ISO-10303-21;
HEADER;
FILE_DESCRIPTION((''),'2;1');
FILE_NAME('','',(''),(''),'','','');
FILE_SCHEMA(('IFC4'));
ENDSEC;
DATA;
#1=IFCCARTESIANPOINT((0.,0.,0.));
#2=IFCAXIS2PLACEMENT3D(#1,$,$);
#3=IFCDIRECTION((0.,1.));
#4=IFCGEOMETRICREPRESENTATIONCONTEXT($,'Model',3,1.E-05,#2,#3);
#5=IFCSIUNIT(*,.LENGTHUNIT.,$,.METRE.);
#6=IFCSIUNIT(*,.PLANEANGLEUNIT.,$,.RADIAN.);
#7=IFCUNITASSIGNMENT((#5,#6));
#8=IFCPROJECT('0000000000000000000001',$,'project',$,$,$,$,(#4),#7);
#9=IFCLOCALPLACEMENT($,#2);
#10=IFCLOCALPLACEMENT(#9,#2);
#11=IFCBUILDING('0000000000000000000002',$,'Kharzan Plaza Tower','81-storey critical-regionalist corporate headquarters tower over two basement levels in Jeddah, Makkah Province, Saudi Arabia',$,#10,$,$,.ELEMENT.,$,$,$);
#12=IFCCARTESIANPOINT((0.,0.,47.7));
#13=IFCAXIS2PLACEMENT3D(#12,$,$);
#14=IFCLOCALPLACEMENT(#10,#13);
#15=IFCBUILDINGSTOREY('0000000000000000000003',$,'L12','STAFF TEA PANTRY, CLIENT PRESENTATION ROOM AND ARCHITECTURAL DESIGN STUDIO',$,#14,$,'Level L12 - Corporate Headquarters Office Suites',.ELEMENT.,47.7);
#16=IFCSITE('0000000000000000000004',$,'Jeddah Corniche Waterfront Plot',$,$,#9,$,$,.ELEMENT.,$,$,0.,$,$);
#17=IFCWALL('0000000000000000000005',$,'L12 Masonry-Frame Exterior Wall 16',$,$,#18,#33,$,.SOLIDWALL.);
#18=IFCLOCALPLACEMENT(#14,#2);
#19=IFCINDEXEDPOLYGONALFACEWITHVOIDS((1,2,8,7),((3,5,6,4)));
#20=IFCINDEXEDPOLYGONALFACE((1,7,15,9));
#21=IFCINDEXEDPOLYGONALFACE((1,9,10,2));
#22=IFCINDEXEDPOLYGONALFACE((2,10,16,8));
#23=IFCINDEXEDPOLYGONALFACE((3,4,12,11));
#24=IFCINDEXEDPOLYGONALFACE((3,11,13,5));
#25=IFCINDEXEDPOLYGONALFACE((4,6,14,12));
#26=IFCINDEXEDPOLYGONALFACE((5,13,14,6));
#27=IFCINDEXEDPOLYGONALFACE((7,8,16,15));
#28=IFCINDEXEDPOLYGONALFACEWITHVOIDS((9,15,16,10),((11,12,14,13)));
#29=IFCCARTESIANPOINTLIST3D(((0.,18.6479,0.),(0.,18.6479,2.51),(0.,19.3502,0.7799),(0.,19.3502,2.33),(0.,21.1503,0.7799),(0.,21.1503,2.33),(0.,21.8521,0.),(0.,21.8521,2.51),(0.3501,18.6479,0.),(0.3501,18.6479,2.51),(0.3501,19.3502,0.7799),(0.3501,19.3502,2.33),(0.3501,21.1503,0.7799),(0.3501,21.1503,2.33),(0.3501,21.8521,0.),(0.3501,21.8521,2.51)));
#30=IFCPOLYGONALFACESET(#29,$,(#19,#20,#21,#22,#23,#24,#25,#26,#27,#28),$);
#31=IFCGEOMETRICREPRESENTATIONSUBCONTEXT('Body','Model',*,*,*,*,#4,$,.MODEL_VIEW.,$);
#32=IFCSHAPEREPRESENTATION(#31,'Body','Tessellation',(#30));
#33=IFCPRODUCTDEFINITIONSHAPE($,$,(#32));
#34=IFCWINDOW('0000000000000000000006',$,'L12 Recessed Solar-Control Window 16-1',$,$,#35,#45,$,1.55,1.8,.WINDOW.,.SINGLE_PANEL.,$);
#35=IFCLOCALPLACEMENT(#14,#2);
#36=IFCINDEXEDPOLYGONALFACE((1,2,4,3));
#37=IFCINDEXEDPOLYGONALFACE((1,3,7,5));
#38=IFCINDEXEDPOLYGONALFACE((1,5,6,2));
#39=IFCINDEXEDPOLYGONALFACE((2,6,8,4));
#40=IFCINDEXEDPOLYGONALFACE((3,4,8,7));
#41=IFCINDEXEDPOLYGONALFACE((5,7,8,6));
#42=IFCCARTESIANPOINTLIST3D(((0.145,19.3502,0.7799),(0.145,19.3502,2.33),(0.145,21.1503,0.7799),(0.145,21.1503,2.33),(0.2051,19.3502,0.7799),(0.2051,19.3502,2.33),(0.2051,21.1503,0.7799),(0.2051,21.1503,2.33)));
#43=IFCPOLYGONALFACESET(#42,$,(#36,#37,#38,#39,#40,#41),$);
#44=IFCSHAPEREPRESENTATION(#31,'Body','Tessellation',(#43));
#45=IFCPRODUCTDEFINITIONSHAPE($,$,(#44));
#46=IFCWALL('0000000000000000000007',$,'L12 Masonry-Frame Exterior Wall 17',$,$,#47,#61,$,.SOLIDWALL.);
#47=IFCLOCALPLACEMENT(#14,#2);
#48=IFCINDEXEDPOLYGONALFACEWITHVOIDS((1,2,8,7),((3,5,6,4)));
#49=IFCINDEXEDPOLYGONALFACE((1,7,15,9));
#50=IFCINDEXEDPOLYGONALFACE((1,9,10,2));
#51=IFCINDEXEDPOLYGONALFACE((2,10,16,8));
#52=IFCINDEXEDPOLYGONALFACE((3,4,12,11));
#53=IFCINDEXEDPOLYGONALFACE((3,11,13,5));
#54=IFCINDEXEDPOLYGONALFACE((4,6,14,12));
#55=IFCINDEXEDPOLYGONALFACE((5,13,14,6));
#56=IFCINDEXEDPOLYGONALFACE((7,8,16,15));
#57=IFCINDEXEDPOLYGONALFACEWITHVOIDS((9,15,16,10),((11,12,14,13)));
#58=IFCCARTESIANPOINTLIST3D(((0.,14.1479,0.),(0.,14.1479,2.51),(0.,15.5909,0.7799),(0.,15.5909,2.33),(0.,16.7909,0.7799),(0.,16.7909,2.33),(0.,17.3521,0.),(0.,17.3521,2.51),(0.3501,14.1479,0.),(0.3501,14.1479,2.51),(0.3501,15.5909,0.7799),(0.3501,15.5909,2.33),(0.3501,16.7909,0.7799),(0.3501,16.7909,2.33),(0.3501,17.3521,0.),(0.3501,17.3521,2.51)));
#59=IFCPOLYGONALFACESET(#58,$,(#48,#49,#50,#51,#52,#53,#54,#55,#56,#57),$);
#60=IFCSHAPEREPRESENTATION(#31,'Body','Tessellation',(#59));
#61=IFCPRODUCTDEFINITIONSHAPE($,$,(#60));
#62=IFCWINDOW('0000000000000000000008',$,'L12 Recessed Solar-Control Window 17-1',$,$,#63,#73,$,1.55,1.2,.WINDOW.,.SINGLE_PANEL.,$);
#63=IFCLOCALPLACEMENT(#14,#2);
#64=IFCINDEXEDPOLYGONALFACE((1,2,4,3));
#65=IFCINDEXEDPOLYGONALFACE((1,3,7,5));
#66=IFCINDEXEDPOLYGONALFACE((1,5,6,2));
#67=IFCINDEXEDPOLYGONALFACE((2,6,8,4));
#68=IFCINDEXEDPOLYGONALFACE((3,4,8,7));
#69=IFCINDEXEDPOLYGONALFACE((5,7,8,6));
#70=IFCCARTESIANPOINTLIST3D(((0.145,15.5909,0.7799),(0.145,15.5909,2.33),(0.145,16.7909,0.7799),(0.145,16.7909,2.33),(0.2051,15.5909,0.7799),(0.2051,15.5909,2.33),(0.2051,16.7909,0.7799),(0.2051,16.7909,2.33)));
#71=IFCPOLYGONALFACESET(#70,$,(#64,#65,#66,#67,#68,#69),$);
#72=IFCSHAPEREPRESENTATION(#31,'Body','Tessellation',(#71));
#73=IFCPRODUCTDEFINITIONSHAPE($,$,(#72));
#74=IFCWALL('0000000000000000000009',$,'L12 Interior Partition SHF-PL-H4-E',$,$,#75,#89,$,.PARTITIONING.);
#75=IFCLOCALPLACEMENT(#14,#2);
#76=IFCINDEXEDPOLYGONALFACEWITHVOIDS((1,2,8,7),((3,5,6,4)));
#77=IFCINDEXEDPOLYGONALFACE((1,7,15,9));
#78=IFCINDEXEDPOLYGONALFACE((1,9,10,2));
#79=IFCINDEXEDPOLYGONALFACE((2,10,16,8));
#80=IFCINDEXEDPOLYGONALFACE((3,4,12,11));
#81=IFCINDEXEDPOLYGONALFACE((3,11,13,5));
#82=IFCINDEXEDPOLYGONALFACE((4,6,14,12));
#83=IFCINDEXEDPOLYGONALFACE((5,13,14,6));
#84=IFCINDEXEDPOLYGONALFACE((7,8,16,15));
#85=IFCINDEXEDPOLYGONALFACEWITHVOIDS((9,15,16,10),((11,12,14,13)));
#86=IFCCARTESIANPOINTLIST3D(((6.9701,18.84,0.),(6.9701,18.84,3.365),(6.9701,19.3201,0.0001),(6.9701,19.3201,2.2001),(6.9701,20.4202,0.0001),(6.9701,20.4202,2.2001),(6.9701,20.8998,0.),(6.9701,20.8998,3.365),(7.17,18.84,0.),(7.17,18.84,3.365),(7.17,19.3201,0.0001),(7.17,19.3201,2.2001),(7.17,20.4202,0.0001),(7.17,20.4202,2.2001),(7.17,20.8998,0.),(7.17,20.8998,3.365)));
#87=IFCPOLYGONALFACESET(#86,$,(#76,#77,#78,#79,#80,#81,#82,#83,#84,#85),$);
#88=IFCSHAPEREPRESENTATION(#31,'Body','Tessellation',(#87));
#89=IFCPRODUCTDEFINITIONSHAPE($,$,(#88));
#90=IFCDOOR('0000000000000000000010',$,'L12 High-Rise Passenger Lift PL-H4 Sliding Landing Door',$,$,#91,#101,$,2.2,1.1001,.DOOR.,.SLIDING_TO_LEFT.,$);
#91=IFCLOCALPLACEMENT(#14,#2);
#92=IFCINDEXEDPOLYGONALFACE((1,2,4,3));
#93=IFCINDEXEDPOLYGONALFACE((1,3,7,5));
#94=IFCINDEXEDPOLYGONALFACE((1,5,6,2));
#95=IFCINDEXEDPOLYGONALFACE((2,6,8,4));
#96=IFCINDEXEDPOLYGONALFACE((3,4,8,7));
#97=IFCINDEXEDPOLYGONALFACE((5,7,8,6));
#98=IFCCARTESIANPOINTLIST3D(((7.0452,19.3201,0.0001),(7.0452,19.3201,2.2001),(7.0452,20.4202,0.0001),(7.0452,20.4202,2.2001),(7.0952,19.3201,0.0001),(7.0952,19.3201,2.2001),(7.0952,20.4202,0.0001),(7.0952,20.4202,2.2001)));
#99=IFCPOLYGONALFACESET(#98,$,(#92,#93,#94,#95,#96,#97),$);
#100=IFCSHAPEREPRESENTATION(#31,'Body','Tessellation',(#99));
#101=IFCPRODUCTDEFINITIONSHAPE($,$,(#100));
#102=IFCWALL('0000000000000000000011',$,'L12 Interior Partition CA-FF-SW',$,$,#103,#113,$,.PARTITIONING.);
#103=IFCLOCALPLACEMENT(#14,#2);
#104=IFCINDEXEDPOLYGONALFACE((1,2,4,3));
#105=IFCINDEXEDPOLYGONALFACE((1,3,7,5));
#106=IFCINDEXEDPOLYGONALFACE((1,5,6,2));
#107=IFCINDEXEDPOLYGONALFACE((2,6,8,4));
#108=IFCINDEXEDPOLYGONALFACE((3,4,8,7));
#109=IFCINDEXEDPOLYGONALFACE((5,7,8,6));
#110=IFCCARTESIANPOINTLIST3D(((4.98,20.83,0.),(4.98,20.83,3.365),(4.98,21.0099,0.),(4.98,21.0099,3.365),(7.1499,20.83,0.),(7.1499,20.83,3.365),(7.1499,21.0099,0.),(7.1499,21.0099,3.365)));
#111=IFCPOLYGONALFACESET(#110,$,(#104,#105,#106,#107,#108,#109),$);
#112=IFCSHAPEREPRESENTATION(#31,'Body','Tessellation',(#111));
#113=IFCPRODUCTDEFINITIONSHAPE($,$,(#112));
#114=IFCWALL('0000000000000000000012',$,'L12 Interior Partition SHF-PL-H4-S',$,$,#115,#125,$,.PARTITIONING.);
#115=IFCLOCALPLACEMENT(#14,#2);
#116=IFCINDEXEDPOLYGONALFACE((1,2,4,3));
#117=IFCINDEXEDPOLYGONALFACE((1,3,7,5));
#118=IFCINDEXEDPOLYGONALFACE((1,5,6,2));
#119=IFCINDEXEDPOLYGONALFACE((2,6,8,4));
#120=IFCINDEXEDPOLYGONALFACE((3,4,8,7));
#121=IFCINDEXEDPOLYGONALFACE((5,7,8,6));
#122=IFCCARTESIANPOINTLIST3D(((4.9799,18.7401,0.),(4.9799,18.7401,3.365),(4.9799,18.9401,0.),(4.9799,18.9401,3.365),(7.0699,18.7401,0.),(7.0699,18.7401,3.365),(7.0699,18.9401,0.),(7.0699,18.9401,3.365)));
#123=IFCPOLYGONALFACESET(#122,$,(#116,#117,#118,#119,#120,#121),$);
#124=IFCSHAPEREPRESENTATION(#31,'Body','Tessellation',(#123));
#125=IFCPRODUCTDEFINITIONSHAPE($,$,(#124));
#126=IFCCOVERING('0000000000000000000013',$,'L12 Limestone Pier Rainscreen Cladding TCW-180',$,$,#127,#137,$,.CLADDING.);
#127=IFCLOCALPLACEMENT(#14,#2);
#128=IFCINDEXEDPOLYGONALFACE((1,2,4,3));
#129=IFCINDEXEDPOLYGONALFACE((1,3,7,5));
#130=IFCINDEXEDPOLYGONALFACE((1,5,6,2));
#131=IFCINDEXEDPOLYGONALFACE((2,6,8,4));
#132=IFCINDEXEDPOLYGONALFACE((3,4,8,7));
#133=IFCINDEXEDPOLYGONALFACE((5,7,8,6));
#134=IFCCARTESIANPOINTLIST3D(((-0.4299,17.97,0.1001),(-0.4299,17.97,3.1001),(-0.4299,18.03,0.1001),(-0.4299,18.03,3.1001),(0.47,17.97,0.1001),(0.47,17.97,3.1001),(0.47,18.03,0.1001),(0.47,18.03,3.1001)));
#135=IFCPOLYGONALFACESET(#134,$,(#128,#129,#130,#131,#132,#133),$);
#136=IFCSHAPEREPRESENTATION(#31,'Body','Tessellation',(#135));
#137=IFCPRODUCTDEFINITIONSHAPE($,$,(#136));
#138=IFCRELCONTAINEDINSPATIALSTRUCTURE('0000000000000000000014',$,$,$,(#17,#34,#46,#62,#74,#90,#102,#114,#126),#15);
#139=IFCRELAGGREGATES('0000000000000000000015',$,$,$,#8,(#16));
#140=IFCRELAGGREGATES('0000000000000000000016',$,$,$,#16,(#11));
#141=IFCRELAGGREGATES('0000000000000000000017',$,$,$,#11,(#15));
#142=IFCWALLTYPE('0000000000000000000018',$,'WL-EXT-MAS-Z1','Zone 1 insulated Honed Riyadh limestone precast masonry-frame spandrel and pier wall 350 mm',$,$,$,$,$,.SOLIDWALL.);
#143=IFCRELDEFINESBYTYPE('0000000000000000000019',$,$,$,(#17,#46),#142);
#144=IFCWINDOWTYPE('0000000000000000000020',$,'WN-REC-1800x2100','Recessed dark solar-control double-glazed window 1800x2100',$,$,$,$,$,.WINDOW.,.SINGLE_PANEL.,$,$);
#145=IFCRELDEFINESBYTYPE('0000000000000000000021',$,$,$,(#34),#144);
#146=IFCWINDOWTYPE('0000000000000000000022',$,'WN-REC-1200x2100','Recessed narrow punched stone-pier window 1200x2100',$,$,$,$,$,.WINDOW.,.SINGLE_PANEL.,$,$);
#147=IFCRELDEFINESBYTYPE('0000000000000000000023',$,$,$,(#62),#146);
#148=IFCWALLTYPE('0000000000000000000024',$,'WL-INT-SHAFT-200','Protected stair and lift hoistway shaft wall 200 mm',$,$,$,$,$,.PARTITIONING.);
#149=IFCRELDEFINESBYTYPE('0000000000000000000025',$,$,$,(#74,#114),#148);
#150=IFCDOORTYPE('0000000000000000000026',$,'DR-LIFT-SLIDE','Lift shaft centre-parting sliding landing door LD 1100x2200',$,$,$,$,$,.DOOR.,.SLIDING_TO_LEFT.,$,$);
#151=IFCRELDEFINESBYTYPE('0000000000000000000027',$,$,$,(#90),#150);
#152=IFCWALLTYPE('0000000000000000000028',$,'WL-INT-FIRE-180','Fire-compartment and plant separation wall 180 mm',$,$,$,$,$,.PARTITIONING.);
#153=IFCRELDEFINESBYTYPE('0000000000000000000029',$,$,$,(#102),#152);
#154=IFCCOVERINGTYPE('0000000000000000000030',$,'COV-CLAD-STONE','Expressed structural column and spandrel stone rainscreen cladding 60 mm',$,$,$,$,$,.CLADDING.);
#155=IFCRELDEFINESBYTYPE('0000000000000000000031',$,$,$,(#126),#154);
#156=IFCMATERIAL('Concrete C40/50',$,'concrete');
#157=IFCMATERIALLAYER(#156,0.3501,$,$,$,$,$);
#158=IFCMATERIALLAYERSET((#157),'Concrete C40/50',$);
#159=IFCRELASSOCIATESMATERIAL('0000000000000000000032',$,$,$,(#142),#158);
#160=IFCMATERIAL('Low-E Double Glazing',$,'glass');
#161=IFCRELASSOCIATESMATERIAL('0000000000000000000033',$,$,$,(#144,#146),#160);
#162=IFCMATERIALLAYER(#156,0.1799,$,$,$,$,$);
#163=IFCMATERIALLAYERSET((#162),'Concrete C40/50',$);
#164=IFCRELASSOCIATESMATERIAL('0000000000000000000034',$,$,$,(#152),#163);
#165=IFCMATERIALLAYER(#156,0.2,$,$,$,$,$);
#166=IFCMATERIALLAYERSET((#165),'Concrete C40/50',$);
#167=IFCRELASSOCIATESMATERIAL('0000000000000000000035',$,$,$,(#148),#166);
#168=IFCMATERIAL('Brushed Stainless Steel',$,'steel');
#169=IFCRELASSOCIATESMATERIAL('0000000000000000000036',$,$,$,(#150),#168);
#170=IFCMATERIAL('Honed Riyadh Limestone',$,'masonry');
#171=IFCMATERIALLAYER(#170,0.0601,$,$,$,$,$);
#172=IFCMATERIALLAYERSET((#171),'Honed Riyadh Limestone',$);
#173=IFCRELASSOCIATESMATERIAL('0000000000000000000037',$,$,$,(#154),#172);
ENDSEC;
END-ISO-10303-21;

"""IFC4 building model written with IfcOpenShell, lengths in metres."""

from ifc_helpers import new_model, si_unit, direction, frame, frame_2d, origin, origin_2d, place, context, subcontext, project, spatial, rectangle, extrude, source, transform, mapped, material, layer, layer_set, type_object, element, fill, save


model = new_model("IFC4")

# Units and contexts
model_context = context("Model", 3, precision=1e-05, world=origin(), true_north=direction((0.0, 1.0)))
body_context = subcontext(model_context, "Body", "Model", "MODEL_VIEW")
ifc_project = project(units=[si_unit("LENGTHUNIT", "METRE"), si_unit("PLANEANGLEUNIT", "RADIAN")], contexts=[model_context])

# Site, building, storey
site_placement = place(None, origin())
site = spatial("IfcSite", under=ifc_project, at=site_placement, Name="Jeddah Corniche Waterfront Plot", CompositionType="ELEMENT", RefElevation=0.0)
building_placement = place(site_placement, origin())
building = spatial("IfcBuilding", under=site, at=building_placement, Name="Kharzan Plaza Tower", Description="81-storey critical-regionalist corporate headquarters tower over two basement levels in Jeddah, Makkah Province, Saudi Arabia", CompositionType="ELEMENT")
storey_placement = place(building_placement, frame((0.0, 0.0, 47.7)))
storey = spatial("IfcBuildingStorey", under=building, at=storey_placement, Name="L12", Description="STAFF TEA PANTRY, CLIENT PRESENTATION ROOM AND ARCHITECTURAL DESIGN STUDIO", LongName="Level L12 - Corporate Headquarters Office Suites", CompositionType="ELEMENT", Elevation=47.7)

# Walls, openings, windows
ifc_material_1 = material(Name="Concrete C40/50", Category="concrete")
ifc_layer_1 = layer(ifc_material_1, 0.3501)
ifc_layer_set_1 = layer_set([ifc_layer_1], Name="Concrete C40/50")
wall_type_1 = type_object("IfcWallType", Name="WL-EXT-MAS-Z1", Description="Zone 1 insulated Honed Riyadh limestone precast masonry-frame spandrel and pier wall 350 mm", PredefinedType="SOLIDWALL", material=ifc_layer_set_1)
wall_1_placement = place(storey_placement, frame((0.175, 21.8521, 0.0), z_axis=(0.0, 0.0, 1.0), x_axis=(0.0, -1.0, 0.0)))
wall_1 = element("IfcWall", 1, at=wall_1_placement, inside=storey, type_object=wall_type_1, Name="L12 Masonry-Frame Exterior Wall 16", PredefinedType="SOLIDWALL", context=body_context, shape_type="SweptSolid", body=[
    extrude(rectangle(XDim=3.2041, YDim=0.3501, at=frame_2d((1.6021, 0.0))), origin(), (0.0, 0.0, 1.0), 2.51),
])
opening_1_placement = place(wall_1_placement, frame((0.7019, 0.0, 0.78)))
opening_1 = element("IfcOpeningElement", 2, at=opening_1_placement, cuts=wall_1, PredefinedType="OPENING", context=body_context, shape_type="SweptSolid", body=[
    extrude(rectangle(XDim=1.8, YDim=1.55, at=frame_2d((0.8999, 0.7749))), frame((0.0, 0.1851, 0.0), z_axis=(0.0, -1.0, 0.0), x_axis=(1.0, 0.0, 0.0)), (0.0, 0.0, 1.0), 0.3701),
])
ifc_material_2 = material(Name="Low-E Double Glazing", Category="glass")
window_type_1 = type_object("IfcWindowType", Name="WN-REC-1800x2100", Description="Recessed dark solar-control double-glazed window 1800x2100", PartitioningType="SINGLE_PANEL", PredefinedType="WINDOW", material=ifc_material_2)
shared_shape_1 = source(origin(), body_context, "Body", "SweptSolid", [
    extrude(rectangle(XDim=1.8, YDim=1.55, at=frame_2d((0.8999, 0.7749))), frame((0.0, 0.03, 0.0), z_axis=(0.0, -1.0, 0.0), x_axis=(1.0, 0.0, 0.0)), (0.0, 0.0, 1.0), 0.0601),
])
window_1_placement = place(opening_1_placement, origin())
window_1 = element("IfcWindow", 3, at=window_1_placement, inside=storey, type_object=window_type_1, Name="L12 Recessed Solar-Control Window 16-1", OverallHeight=1.55, OverallWidth=1.8, PartitioningType="SINGLE_PANEL", PredefinedType="WINDOW", context=body_context, shape_type="MappedRepresentation", body=[
    mapped(shared_shape_1, transform((0.0, 0.0, 0.0), x_axis=(1.0, 0.0, 0.0), y_axis=(0.0, 1.0, 0.0), z_axis=(0.0, 0.0, 1.0))),
])
fill(opening_1, window_1)
wall_2_placement = place(storey_placement, frame((0.175, 17.3521, 0.0), z_axis=(0.0, 0.0, 1.0), x_axis=(0.0, -1.0, 0.0)))
wall_2 = element("IfcWall", 4, at=wall_2_placement, inside=storey, type_object=wall_type_1, Name="L12 Masonry-Frame Exterior Wall 17", PredefinedType="SOLIDWALL", context=body_context, shape_type="SweptSolid", body=[
    extrude(rectangle(XDim=3.2041, YDim=0.3501, at=frame_2d((1.6021, 0.0))), origin(), (0.0, 0.0, 1.0), 2.51),
])
opening_2_placement = place(wall_2_placement, frame((0.561, 0.0, 0.78)))
opening_2 = element("IfcOpeningElement", 5, at=opening_2_placement, cuts=wall_2, PredefinedType="OPENING", context=body_context, shape_type="SweptSolid", body=[
    extrude(rectangle(XDim=1.2, YDim=1.55, at=frame_2d((0.6001, 0.7749))), frame((0.0, 0.1851, 0.0), z_axis=(0.0, -1.0, 0.0), x_axis=(1.0, 0.0, 0.0)), (0.0, 0.0, 1.0), 0.3701),
])
window_type_2 = type_object("IfcWindowType", Name="WN-REC-1200x2100", Description="Recessed narrow punched stone-pier window 1200x2100", PartitioningType="SINGLE_PANEL", PredefinedType="WINDOW", material=ifc_material_2)
shared_shape_2 = source(origin(), body_context, "Body", "SweptSolid", [
    extrude(rectangle(XDim=1.2, YDim=1.55, at=frame_2d((0.6001, 0.7749))), frame((0.0, 0.03, 0.0), z_axis=(0.0, -1.0, 0.0), x_axis=(1.0, 0.0, 0.0)), (0.0, 0.0, 1.0), 0.0601),
])
window_2_placement = place(opening_2_placement, origin())
window_2 = element("IfcWindow", 6, at=window_2_placement, inside=storey, type_object=window_type_2, Name="L12 Recessed Solar-Control Window 17-1", OverallHeight=1.55, OverallWidth=1.2, PartitioningType="SINGLE_PANEL", PredefinedType="WINDOW", context=body_context, shape_type="MappedRepresentation", body=[
    mapped(shared_shape_2, transform((0.0, 0.0, 0.0), x_axis=(1.0, 0.0, 0.0), y_axis=(0.0, 1.0, 0.0), z_axis=(0.0, 0.0, 1.0))),
])
fill(opening_2, window_2)

# Wall, opening, door
ifc_layer_2 = layer(ifc_material_1, 0.1799)
ifc_layer_set_2 = layer_set([ifc_layer_2], Name="Concrete C40/50")
wall_type_2 = type_object("IfcWallType", Name="WL-INT-FIRE-180", Description="Fire-compartment and plant separation wall 180 mm", PredefinedType="PARTITIONING", material=ifc_layer_set_2)
ifc_layer_3 = layer(ifc_material_1, 0.2)
ifc_layer_set_3 = layer_set([ifc_layer_3], Name="Concrete C40/50")
wall_type_3 = type_object("IfcWallType", Name="WL-INT-SHAFT-200", Description="Protected stair and lift hoistway shaft wall 200 mm", PredefinedType="PARTITIONING", material=ifc_layer_set_3)
wall_3_placement = place(storey_placement, frame((7.0701, 18.8401, 0.0), z_axis=(0.0, 0.0, 1.0), x_axis=(0.0, 1.0, 0.0)))
wall_3 = element("IfcWall", 7, at=wall_3_placement, inside=storey, type_object=wall_type_3, Name="L12 Interior Partition SHF-PL-H4-E", PredefinedType="PARTITIONING", context=body_context, shape_type="SweptSolid", body=[
    extrude(rectangle(XDim=2.0598, YDim=0.2, at=frame_2d((1.0298, 0.0))), origin(), (0.0, 0.0, 1.0), 3.365),
])
opening_3_placement = place(wall_3_placement, frame((0.48, 0.0, 0.0)))
opening_3 = element("IfcOpeningElement", 8, at=opening_3_placement, cuts=wall_3, PredefinedType="OPENING", context=body_context, shape_type="SweptSolid", body=[
    extrude(rectangle(XDim=1.1001, YDim=2.2, at=frame_2d((0.55, 1.1001))), frame((0.0, 0.1099, 0.0), z_axis=(0.0, -1.0, 0.0), x_axis=(1.0, 0.0, 0.0)), (0.0, 0.0, 1.0), 0.22),
])
ifc_material_3 = material(Name="Brushed Stainless Steel", Category="steel")
door_type_1 = type_object("IfcDoorType", Name="DR-LIFT-SLIDE", Description="Lift shaft centre-parting sliding landing door LD 1100x2200", OperationType="SLIDING_TO_LEFT", PredefinedType="DOOR", material=ifc_material_3)
shared_shape_3 = source(origin(), body_context, "Body", "SweptSolid", [
    extrude(rectangle(XDim=1.1001, YDim=2.2, at=frame_2d((0.55, 1.1001))), frame((0.0, 0.0249, 0.0), z_axis=(0.0, -1.0, 0.0), x_axis=(1.0, 0.0, 0.0)), (0.0, 0.0, 1.0), 0.05),
])
door_1_placement = place(opening_3_placement, origin())
door_1 = element("IfcDoor", 9, at=door_1_placement, inside=storey, type_object=door_type_1, Name="L12 High-Rise Passenger Lift PL-H4 Sliding Landing Door", OperationType="SLIDING_TO_LEFT", OverallHeight=2.2, OverallWidth=1.1001, PredefinedType="DOOR", context=body_context, shape_type="MappedRepresentation", body=[
    mapped(shared_shape_3, transform((0.0, 0.0, 0.0), x_axis=(1.0, 0.0, 0.0), y_axis=(0.0, 1.0, 0.0), z_axis=(0.0, 0.0, 1.0))),
])
fill(opening_3, door_1)

# Walls
shared_shape_4 = source(origin(), body_context, "Body", "SweptSolid", [
    extrude(rectangle(XDim=2.1699, YDim=0.1799, at=frame_2d((1.085, 0.0))), origin(), (0.0, 0.0, 1.0), 3.365),
])
wall_4_placement = place(storey_placement, frame((4.98, 20.9199, 0.0), z_axis=(0.0, 0.0, 1.0), x_axis=(1.0, 0.0, 0.0)))
element("IfcWall", 10, at=wall_4_placement, inside=storey, type_object=wall_type_2, Name="L12 Interior Partition CA-FF-SW", PredefinedType="PARTITIONING", context=body_context, shape_type="MappedRepresentation", body=[
    mapped(shared_shape_4, transform((0.0, 0.0, 0.0), x_axis=(1.0, 0.0, 0.0), y_axis=(0.0, 1.0, 0.0), z_axis=(0.0, 0.0, 1.0))),
])
shared_shape_5 = source(origin(), body_context, "Body", "SweptSolid", [
    extrude(rectangle(XDim=2.0901, YDim=0.2, at=frame_2d((1.0449, 0.0))), origin(), (0.0, 0.0, 1.0), 3.365),
])
wall_5_placement = place(storey_placement, frame((4.98, 18.8401, 0.0), z_axis=(0.0, 0.0, 1.0), x_axis=(1.0, 0.0, 0.0)))
element("IfcWall", 11, at=wall_5_placement, inside=storey, type_object=wall_type_3, Name="L12 Interior Partition SHF-PL-H4-S", PredefinedType="PARTITIONING", context=body_context, shape_type="MappedRepresentation", body=[
    mapped(shared_shape_5, transform((0.0, 0.0, 0.0), x_axis=(1.0, 0.0, 0.0), y_axis=(0.0, 1.0, 0.0), z_axis=(0.0, 0.0, 1.0))),
])

# Covering
ifc_material_4 = material(Name="Honed Riyadh Limestone", Category="masonry")
ifc_layer_4 = layer(ifc_material_4, 0.0601)
ifc_layer_set_4 = layer_set([ifc_layer_4], Name="Honed Riyadh Limestone")
covering_type = type_object("IfcCoveringType", Name="COV-CLAD-STONE", Description="Expressed structural column and spandrel stone rainscreen cladding 60 mm", PredefinedType="CLADDING", material=ifc_layer_set_4)
shared_shape_6 = source(origin(), body_context, "Body", "SweptSolid", [
    extrude(rectangle(XDim=0.0601, YDim=0.8999, at=origin_2d()), origin(), (0.0, 0.0, 1.0), 3.0),
])
covering_placement = place(storey_placement, frame((0.02, 18.0, 0.1001), z_axis=(0.0, 0.0, 1.0), x_axis=(0.0, 1.0, 0.0)))
element("IfcCovering", 12, at=covering_placement, inside=storey, type_object=covering_type, Name="L12 Limestone Pier Rainscreen Cladding TCW-180", PredefinedType="CLADDING", context=body_context, shape_type="MappedRepresentation", body=[
    mapped(shared_shape_6, transform((0.0, 0.0, 0.0), x_axis=(1.0, 0.0, 0.0), y_axis=(0.0, 1.0, 0.0), z_axis=(0.0, 0.0, 1.0))),
])

save(model, "model.ifc")
